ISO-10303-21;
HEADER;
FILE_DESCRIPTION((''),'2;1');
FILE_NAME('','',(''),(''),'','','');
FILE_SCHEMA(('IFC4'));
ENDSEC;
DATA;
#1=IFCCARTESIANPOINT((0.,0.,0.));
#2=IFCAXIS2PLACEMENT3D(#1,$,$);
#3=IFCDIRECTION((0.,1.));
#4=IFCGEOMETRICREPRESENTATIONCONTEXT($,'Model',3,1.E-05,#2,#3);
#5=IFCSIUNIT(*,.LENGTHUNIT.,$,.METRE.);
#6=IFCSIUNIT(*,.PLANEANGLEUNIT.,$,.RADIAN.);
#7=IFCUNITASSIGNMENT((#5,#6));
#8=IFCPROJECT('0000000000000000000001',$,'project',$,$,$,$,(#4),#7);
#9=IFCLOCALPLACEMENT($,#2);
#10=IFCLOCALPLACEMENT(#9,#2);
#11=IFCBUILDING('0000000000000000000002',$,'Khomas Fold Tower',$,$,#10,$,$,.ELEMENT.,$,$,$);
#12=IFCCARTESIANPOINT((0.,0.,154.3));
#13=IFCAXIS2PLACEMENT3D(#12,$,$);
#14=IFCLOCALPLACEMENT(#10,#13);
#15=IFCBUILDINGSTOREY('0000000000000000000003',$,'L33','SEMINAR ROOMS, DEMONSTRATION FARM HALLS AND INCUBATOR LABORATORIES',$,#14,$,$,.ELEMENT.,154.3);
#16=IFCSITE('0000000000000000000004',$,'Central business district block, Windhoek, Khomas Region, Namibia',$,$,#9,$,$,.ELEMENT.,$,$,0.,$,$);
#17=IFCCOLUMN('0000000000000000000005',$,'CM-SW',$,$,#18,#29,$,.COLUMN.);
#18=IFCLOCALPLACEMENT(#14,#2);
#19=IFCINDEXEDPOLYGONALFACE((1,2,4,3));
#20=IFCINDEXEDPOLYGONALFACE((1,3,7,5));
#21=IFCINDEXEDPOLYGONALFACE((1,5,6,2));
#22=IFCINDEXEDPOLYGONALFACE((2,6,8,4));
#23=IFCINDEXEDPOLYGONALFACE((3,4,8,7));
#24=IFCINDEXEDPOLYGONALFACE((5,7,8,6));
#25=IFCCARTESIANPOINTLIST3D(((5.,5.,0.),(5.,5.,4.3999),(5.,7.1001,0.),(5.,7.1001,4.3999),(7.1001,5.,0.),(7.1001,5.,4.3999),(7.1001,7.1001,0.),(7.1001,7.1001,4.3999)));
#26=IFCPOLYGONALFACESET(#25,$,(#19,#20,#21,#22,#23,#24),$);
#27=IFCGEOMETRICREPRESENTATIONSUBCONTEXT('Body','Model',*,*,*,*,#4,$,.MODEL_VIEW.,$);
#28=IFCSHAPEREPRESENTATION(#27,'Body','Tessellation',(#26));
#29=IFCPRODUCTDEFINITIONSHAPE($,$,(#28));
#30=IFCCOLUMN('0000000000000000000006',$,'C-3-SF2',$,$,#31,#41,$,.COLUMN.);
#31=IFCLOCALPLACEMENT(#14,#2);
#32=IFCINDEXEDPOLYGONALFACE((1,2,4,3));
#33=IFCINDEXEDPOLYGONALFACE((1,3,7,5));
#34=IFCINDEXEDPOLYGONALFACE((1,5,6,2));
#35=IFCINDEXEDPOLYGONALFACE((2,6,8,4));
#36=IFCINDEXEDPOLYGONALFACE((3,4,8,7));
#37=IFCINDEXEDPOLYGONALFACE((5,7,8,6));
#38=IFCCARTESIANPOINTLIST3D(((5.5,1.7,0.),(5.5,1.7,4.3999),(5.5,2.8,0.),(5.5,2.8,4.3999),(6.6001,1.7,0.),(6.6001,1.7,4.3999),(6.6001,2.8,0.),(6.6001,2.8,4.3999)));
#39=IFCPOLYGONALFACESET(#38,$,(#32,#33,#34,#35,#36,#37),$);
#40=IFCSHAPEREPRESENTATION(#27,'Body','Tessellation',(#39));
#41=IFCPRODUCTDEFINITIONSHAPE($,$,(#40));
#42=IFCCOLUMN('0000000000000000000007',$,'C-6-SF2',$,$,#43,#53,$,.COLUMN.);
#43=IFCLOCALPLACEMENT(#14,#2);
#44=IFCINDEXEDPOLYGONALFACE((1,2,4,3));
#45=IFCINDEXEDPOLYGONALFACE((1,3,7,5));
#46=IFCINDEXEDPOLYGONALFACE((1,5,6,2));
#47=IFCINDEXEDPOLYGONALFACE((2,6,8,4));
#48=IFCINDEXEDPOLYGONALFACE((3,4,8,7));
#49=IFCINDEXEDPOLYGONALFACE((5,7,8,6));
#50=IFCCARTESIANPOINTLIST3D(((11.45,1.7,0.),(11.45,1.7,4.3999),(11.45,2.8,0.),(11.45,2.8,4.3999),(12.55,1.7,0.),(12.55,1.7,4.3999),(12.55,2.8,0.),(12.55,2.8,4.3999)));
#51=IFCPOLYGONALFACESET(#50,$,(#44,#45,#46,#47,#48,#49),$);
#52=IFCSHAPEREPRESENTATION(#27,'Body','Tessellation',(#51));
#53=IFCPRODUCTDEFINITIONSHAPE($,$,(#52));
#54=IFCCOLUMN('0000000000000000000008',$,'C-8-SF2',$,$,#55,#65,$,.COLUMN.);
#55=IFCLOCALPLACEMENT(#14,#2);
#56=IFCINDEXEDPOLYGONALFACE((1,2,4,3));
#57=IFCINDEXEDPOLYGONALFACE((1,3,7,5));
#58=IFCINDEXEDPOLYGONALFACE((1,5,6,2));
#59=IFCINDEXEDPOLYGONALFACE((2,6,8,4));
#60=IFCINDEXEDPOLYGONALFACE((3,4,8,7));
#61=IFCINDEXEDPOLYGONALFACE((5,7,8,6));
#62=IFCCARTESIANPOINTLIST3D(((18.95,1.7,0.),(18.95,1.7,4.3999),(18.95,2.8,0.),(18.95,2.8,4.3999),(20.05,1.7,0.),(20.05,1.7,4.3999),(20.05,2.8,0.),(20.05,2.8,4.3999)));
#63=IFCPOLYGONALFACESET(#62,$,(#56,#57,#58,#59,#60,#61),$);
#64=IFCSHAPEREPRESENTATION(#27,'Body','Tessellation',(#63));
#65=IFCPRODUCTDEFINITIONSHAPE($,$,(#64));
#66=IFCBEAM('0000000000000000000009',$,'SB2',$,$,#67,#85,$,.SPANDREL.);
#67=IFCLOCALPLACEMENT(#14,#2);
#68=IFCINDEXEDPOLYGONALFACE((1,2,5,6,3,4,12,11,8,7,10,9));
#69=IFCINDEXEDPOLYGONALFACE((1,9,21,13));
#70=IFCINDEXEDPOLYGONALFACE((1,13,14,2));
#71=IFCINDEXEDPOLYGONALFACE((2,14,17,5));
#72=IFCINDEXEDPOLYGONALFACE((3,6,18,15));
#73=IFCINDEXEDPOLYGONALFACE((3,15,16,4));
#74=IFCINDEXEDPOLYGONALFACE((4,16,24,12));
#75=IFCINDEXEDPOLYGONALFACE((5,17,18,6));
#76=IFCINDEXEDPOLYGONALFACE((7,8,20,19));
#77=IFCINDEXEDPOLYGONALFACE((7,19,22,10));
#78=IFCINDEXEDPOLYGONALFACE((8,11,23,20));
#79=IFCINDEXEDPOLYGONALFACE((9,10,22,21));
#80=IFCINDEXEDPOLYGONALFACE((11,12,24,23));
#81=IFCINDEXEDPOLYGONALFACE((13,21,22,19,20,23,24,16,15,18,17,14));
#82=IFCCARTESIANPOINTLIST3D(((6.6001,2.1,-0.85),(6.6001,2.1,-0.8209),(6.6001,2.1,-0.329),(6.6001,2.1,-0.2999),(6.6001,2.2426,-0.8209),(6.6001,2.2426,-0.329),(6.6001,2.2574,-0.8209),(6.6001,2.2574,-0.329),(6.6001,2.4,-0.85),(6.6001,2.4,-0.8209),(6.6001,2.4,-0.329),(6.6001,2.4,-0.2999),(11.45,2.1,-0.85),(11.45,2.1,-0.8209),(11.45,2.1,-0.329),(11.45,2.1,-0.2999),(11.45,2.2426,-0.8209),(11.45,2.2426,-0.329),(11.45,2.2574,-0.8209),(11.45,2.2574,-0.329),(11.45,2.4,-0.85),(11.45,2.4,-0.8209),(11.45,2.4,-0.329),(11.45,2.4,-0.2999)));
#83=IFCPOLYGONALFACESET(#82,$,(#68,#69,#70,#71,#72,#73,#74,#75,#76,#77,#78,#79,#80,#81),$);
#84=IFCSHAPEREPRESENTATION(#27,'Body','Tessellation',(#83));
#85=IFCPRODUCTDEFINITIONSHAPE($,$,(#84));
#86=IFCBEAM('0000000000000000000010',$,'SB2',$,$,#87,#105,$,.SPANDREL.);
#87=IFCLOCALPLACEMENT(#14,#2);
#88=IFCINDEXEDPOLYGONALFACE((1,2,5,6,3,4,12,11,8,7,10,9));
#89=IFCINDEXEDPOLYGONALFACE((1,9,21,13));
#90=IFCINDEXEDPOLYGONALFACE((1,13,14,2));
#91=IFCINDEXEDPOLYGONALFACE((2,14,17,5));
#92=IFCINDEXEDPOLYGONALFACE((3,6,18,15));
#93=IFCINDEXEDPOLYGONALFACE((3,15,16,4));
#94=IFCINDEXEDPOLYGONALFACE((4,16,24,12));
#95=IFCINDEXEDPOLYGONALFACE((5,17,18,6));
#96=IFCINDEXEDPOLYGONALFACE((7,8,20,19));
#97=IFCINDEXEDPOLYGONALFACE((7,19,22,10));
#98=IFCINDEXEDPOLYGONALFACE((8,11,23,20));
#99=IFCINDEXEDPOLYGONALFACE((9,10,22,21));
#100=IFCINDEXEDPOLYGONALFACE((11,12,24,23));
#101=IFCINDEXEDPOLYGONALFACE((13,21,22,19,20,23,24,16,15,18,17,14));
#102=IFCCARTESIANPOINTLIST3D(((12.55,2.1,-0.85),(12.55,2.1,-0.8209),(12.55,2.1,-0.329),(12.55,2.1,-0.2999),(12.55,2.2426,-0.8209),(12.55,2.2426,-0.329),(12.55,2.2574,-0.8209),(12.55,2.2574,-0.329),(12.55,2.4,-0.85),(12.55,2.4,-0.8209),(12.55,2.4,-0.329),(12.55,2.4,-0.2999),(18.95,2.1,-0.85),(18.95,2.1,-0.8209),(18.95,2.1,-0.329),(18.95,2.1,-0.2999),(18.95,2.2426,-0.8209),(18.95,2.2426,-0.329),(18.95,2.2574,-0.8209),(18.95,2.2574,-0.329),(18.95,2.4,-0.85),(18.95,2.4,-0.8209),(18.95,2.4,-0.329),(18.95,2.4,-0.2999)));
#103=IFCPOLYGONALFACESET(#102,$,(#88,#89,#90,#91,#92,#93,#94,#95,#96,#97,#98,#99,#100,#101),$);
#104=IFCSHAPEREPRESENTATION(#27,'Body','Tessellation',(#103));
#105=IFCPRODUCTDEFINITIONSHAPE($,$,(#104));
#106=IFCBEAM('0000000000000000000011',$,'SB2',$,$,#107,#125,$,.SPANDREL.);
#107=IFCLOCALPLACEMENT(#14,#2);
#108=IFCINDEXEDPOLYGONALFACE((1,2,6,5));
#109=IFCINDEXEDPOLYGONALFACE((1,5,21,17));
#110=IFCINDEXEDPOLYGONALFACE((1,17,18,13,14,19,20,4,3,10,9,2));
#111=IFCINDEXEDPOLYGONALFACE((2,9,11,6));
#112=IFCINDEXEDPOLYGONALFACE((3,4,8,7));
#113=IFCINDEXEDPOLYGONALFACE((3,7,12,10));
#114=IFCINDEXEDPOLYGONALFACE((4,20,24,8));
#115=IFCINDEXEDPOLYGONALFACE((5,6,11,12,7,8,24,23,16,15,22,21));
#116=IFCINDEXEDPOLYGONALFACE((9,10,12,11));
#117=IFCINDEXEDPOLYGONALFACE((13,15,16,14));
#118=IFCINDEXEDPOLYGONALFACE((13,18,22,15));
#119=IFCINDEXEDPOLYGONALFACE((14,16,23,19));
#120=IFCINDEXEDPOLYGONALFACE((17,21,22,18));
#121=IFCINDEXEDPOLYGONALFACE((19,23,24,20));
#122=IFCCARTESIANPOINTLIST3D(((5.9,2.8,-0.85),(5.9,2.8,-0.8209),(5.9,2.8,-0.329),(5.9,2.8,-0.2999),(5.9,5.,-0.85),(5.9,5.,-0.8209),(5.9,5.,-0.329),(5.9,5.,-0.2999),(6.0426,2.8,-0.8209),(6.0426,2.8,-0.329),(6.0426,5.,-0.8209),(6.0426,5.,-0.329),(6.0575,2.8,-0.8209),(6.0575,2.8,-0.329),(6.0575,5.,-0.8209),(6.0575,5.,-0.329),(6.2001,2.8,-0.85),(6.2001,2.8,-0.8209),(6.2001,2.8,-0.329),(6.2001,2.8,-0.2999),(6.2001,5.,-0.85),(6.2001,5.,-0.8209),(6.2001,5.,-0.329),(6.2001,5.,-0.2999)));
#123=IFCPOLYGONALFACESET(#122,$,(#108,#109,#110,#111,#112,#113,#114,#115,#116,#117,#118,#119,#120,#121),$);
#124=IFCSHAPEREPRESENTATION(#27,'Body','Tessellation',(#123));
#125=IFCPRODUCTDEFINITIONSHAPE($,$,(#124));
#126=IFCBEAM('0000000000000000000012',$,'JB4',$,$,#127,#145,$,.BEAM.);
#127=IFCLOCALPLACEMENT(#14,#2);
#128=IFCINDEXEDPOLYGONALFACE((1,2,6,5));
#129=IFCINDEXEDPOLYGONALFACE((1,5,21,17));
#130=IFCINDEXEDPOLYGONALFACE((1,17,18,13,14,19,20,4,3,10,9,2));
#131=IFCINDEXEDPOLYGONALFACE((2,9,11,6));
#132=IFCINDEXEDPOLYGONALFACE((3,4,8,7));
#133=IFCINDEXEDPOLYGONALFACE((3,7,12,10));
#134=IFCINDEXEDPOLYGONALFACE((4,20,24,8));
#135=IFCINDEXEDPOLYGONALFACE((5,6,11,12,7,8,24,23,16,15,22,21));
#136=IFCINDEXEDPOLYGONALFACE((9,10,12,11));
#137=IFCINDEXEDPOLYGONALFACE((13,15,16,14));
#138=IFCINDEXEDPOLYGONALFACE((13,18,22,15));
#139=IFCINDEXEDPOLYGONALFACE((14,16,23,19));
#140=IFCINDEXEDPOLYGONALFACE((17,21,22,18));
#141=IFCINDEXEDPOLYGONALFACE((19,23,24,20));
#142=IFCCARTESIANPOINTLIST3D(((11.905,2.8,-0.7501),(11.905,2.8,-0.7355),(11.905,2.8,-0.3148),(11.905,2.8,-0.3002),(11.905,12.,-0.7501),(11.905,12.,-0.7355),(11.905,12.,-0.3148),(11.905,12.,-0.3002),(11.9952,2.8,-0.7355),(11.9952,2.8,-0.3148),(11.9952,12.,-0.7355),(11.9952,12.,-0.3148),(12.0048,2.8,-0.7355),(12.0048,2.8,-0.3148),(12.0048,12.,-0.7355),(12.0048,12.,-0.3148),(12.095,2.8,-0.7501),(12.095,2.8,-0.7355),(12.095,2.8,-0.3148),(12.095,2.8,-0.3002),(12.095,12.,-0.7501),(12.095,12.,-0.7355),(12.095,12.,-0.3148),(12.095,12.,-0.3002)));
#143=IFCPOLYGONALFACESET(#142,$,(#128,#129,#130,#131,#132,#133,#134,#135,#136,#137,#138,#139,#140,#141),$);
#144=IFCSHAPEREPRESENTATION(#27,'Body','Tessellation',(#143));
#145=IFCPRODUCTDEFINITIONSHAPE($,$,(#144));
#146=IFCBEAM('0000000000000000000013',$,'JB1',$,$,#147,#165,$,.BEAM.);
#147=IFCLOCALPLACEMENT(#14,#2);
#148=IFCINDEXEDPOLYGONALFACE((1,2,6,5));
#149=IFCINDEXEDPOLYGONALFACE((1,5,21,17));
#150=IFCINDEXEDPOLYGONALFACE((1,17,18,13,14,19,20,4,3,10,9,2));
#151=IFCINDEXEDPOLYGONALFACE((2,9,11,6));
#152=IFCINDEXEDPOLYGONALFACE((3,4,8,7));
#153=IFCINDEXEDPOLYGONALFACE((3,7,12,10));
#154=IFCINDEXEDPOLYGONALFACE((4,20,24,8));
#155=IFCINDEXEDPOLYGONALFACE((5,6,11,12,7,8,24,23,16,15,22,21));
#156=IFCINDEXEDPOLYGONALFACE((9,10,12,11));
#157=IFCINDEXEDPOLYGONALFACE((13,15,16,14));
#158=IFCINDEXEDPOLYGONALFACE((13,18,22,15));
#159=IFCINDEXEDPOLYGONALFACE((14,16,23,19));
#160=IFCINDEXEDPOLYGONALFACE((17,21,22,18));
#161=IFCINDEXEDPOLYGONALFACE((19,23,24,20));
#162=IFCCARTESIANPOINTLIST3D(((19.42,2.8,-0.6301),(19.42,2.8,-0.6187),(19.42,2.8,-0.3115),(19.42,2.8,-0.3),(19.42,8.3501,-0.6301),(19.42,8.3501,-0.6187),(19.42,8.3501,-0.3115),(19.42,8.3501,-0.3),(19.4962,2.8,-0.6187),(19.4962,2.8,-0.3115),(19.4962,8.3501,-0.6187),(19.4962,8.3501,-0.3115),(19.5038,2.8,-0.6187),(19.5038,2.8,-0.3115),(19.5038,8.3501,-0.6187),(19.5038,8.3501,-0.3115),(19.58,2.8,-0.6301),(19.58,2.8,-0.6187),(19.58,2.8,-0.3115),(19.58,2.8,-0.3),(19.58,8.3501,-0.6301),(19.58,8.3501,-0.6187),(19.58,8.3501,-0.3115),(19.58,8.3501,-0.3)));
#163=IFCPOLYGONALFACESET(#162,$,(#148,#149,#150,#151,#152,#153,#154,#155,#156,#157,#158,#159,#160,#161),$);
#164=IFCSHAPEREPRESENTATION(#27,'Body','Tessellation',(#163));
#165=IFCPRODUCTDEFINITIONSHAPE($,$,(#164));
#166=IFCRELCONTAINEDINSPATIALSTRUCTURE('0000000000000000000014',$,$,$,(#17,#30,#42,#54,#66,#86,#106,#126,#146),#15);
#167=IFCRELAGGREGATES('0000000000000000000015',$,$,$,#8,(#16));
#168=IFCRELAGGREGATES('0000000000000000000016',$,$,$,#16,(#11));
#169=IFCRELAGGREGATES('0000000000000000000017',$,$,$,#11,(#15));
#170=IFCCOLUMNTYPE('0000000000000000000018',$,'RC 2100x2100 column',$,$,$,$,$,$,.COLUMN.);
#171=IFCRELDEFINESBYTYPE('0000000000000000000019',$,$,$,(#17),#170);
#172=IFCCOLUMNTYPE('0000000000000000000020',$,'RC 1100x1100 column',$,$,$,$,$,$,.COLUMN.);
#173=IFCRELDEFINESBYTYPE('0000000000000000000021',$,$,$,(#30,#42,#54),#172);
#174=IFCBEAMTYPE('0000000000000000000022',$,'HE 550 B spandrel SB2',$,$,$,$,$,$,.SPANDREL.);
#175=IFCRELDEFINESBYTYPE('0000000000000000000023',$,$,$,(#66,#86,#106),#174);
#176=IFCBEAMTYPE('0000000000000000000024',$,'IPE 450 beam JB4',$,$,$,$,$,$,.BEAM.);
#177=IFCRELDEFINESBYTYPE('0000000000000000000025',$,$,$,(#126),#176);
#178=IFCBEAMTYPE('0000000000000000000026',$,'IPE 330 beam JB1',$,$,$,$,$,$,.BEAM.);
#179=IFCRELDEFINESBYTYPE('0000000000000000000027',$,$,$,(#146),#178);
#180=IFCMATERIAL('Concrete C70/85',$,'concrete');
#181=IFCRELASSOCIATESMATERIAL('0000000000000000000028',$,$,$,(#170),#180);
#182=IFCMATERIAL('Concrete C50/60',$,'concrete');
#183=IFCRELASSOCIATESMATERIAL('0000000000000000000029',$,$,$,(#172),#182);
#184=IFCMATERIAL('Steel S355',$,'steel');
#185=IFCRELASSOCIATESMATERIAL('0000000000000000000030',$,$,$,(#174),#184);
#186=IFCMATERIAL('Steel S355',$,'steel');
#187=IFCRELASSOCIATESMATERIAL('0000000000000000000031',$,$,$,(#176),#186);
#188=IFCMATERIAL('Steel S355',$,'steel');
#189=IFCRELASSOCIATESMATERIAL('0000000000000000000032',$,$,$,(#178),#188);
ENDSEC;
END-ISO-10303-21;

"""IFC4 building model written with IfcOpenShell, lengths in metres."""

from ifc_helpers import new_model, si_unit, direction, frame, origin, origin_2d, place, context, subcontext, project, spatial, rectangle, i_section, extrude, source, transform, mapped, material, material_profile, profile_set, type_object, element, save


model = new_model("IFC4")

# Units and contexts
model_context = context("Model", 3, precision=1e-05, world=origin(), true_north=direction((0.0, 1.0)))
body_context = subcontext(model_context, "Body", "Model", "MODEL_VIEW")
ifc_project = project(units=[si_unit("LENGTHUNIT", "METRE"), si_unit("PLANEANGLEUNIT", "RADIAN")], contexts=[model_context])

# Site, building, storey
site_placement = place(None, origin())
site = spatial("IfcSite", under=ifc_project, at=site_placement, Name="Central business district block, Windhoek, Khomas Region, Namibia", CompositionType="ELEMENT", RefElevation=0.0)
building_placement = place(site_placement, origin())
building = spatial("IfcBuilding", under=site, at=building_placement, Name="Khomas Fold Tower", CompositionType="ELEMENT")
storey_placement = place(building_placement, frame((0.0, 0.0, 154.3)))
storey = spatial("IfcBuildingStorey", under=building, at=storey_placement, Name="L33", Description="SEMINAR ROOMS, DEMONSTRATION FARM HALLS AND INCUBATOR LABORATORIES", CompositionType="ELEMENT", Elevation=154.3)

# Columns
ifc_material_1 = material(Name="Concrete C70/85", Category="concrete")
ifc_material_profile_1 = material_profile(ifc_material_1, rectangle(XDim=2.1001, YDim=2.1001, at=origin_2d()), Name="RC 2100x2100")
ifc_profile_set_1 = profile_set([ifc_material_profile_1], Name="Concrete C70/85")
column_type_1 = type_object("IfcColumnType", Name="RC 2100x2100 column", PredefinedType="COLUMN", material=ifc_profile_set_1)
shared_shape_1 = source(origin(), body_context, "Body", "SweptSolid", [
    extrude(rectangle(XDim=2.1001, YDim=2.1001, at=origin_2d()), origin(), (0.0, 0.0, 1.0), 4.3999),
])
column_placement = place(storey_placement, frame((6.05, 6.05, 0.0), z_axis=(0.0, 0.0, 1.0), x_axis=(1.0, 0.0, 0.0)))
element("IfcColumn", 1, at=column_placement, inside=storey, type_object=column_type_1, Name="CM-SW", PredefinedType="COLUMN", context=body_context, shape_type="MappedRepresentation", body=[
    mapped(shared_shape_1, transform((0.0, 0.0, 0.0))),
])
ifc_material_2 = material(Name="Concrete C50/60", Category="concrete")
ifc_material_profile_2 = material_profile(ifc_material_2, rectangle(XDim=1.1001, YDim=1.1001, at=origin_2d()), Name="RC 1100x1100")
ifc_profile_set_2 = profile_set([ifc_material_profile_2], Name="Concrete C50/60")
column_type_2 = type_object("IfcColumnType", Name="RC 1100x1100 column", PredefinedType="COLUMN", material=ifc_profile_set_2)
shared_shape_2 = source(origin(), body_context, "Body", "SweptSolid", [
    extrude(rectangle(XDim=1.1001, YDim=1.1001, at=origin_2d()), origin(), (0.0, 0.0, 1.0), 4.3999),
])
for number, where, z_axis, x_axis, name in (
    (2, (6.05, 2.25, 0.0), (0.0, 0.0, 1.0), (1.0, 0.0, 0.0), "C-3-SF2"),
    (3, (12.0, 2.25, 0.0), (0.0, 0.0, 1.0), (1.0, 0.0, 0.0), "C-6-SF2"),
    (4, (19.5, 2.25, 0.0), (0.0, 0.0, 1.0), (1.0, 0.0, 0.0), "C-8-SF2"),
):
    element("IfcColumn", number, at=place(storey_placement, frame(where, z_axis=z_axis, x_axis=x_axis)), inside=storey, type_object=column_type_2, Name=name, PredefinedType="COLUMN", context=body_context, shape_type="MappedRepresentation", body=[
        mapped(shared_shape_2, transform((0.0, 0.0, 0.0))),
    ])

# Beams
ifc_material_3 = material(Name="Steel S355", Category="steel")
ifc_material_profile_3 = material_profile(ifc_material_3, i_section(OverallWidth=0.3, OverallDepth=0.55, WebThickness=0.0149, FlangeThickness=0.0291, at=origin_2d()), Name="HE 550 B")
ifc_profile_set_3 = profile_set([ifc_material_profile_3], Name="Steel S355")
beam_type_1 = type_object("IfcBeamType", Name="HE 550 B spandrel SB2", PredefinedType="SPANDREL", material=ifc_profile_set_3)
shared_shape_3 = source(origin(), body_context, "Body", "SweptSolid", [
    extrude(i_section(OverallWidth=0.3, OverallDepth=0.55, WebThickness=0.0149, FlangeThickness=0.0291, at=origin_2d()), origin(), (0.0, 0.0, 1.0), 4.8499),
])
beam_1_placement = place(storey_placement, frame((6.6001, 2.25, -0.575), z_axis=(1.0, 0.0, 0.0), x_axis=(0.0, 1.0, 0.0)))
element("IfcBeam", 5, at=beam_1_placement, inside=storey, type_object=beam_type_1, Name="SB2", PredefinedType="SPANDREL", context=body_context, shape_type="MappedRepresentation", body=[
    mapped(shared_shape_3, transform((0.0, 0.0, 0.0))),
])
shared_shape_4 = source(origin(), body_context, "Body", "SweptSolid", [
    extrude(i_section(OverallWidth=0.3, OverallDepth=0.55, WebThickness=0.0149, FlangeThickness=0.0291, at=origin_2d()), origin(), (0.0, 0.0, 1.0), 6.3999),
])
beam_2_placement = place(storey_placement, frame((12.55, 2.25, -0.575), z_axis=(1.0, 0.0, 0.0), x_axis=(0.0, 1.0, 0.0)))
element("IfcBeam", 6, at=beam_2_placement, inside=storey, type_object=beam_type_1, Name="SB2", PredefinedType="SPANDREL", context=body_context, shape_type="MappedRepresentation", body=[
    mapped(shared_shape_4, transform((0.0, 0.0, 0.0))),
])
shared_shape_5 = source(origin(), body_context, "Body", "SweptSolid", [
    extrude(i_section(OverallWidth=0.3, OverallDepth=0.55, WebThickness=0.0149, FlangeThickness=0.0291, at=origin_2d()), origin(), (0.0, 0.0, 1.0), 2.2),
])
beam_3_placement = place(storey_placement, frame((6.05, 2.8, -0.575), z_axis=(0.0, 1.0, 0.0), x_axis=(-1.0, 0.0, 0.0)))
element("IfcBeam", 7, at=beam_3_placement, inside=storey, type_object=beam_type_1, Name="SB2", PredefinedType="SPANDREL", context=body_context, shape_type="MappedRepresentation", body=[
    mapped(shared_shape_5, transform((0.0, 0.0, 0.0))),
])
ifc_material_4 = material(Name="Steel S355", Category="steel")
ifc_material_profile_4 = material_profile(ifc_material_4, i_section(OverallWidth=0.1899, OverallDepth=0.45, WebThickness=0.0095, FlangeThickness=0.0146, at=origin_2d()), Name="IPE 450")
ifc_profile_set_4 = profile_set([ifc_material_profile_4], Name="Steel S355")
beam_type_2 = type_object("IfcBeamType", Name="IPE 450 beam JB4", PredefinedType="BEAM", material=ifc_profile_set_4)
shared_shape_6 = source(origin(), body_context, "Body", "SweptSolid", [
    extrude(i_section(OverallWidth=0.1899, OverallDepth=0.45, WebThickness=0.0095, FlangeThickness=0.0146, at=origin_2d()), origin(), (0.0, 0.0, 1.0), 9.2),
])
beam_4_placement = place(storey_placement, frame((12.0, 2.8, -0.5251), z_axis=(0.0, 1.0, 0.0), x_axis=(-1.0, 0.0, 0.0)))
element("IfcBeam", 8, at=beam_4_placement, inside=storey, type_object=beam_type_2, Name="JB4", PredefinedType="BEAM", context=body_context, shape_type="MappedRepresentation", body=[
    mapped(shared_shape_6, transform((0.0, 0.0, 0.0))),
])
ifc_material_5 = material(Name="Steel S355", Category="steel")
ifc_material_profile_5 = material_profile(ifc_material_5, i_section(OverallWidth=0.1599, OverallDepth=0.3301, WebThickness=0.0076, FlangeThickness=0.0115, at=origin_2d()), Name="IPE 330")
ifc_profile_set_5 = profile_set([ifc_material_profile_5], Name="Steel S355")
beam_type_3 = type_object("IfcBeamType", Name="IPE 330 beam JB1", PredefinedType="BEAM", material=ifc_profile_set_5)
shared_shape_7 = source(origin(), body_context, "Body", "SweptSolid", [
    extrude(i_section(OverallWidth=0.1599, OverallDepth=0.3301, WebThickness=0.0076, FlangeThickness=0.0115, at=origin_2d()), origin(), (0.0, 0.0, 1.0), 5.55),
])
beam_5_placement = place(storey_placement, frame((19.5, 2.8, -0.4651), z_axis=(0.0, 1.0, 0.0), x_axis=(-1.0, 0.0, 0.0)))
element("IfcBeam", 9, at=beam_5_placement, inside=storey, type_object=beam_type_3, Name="JB1", PredefinedType="BEAM", context=body_context, shape_type="MappedRepresentation", body=[
    mapped(shared_shape_7, transform((0.0, 0.0, 0.0))),
])

save(model, "model.ifc")
